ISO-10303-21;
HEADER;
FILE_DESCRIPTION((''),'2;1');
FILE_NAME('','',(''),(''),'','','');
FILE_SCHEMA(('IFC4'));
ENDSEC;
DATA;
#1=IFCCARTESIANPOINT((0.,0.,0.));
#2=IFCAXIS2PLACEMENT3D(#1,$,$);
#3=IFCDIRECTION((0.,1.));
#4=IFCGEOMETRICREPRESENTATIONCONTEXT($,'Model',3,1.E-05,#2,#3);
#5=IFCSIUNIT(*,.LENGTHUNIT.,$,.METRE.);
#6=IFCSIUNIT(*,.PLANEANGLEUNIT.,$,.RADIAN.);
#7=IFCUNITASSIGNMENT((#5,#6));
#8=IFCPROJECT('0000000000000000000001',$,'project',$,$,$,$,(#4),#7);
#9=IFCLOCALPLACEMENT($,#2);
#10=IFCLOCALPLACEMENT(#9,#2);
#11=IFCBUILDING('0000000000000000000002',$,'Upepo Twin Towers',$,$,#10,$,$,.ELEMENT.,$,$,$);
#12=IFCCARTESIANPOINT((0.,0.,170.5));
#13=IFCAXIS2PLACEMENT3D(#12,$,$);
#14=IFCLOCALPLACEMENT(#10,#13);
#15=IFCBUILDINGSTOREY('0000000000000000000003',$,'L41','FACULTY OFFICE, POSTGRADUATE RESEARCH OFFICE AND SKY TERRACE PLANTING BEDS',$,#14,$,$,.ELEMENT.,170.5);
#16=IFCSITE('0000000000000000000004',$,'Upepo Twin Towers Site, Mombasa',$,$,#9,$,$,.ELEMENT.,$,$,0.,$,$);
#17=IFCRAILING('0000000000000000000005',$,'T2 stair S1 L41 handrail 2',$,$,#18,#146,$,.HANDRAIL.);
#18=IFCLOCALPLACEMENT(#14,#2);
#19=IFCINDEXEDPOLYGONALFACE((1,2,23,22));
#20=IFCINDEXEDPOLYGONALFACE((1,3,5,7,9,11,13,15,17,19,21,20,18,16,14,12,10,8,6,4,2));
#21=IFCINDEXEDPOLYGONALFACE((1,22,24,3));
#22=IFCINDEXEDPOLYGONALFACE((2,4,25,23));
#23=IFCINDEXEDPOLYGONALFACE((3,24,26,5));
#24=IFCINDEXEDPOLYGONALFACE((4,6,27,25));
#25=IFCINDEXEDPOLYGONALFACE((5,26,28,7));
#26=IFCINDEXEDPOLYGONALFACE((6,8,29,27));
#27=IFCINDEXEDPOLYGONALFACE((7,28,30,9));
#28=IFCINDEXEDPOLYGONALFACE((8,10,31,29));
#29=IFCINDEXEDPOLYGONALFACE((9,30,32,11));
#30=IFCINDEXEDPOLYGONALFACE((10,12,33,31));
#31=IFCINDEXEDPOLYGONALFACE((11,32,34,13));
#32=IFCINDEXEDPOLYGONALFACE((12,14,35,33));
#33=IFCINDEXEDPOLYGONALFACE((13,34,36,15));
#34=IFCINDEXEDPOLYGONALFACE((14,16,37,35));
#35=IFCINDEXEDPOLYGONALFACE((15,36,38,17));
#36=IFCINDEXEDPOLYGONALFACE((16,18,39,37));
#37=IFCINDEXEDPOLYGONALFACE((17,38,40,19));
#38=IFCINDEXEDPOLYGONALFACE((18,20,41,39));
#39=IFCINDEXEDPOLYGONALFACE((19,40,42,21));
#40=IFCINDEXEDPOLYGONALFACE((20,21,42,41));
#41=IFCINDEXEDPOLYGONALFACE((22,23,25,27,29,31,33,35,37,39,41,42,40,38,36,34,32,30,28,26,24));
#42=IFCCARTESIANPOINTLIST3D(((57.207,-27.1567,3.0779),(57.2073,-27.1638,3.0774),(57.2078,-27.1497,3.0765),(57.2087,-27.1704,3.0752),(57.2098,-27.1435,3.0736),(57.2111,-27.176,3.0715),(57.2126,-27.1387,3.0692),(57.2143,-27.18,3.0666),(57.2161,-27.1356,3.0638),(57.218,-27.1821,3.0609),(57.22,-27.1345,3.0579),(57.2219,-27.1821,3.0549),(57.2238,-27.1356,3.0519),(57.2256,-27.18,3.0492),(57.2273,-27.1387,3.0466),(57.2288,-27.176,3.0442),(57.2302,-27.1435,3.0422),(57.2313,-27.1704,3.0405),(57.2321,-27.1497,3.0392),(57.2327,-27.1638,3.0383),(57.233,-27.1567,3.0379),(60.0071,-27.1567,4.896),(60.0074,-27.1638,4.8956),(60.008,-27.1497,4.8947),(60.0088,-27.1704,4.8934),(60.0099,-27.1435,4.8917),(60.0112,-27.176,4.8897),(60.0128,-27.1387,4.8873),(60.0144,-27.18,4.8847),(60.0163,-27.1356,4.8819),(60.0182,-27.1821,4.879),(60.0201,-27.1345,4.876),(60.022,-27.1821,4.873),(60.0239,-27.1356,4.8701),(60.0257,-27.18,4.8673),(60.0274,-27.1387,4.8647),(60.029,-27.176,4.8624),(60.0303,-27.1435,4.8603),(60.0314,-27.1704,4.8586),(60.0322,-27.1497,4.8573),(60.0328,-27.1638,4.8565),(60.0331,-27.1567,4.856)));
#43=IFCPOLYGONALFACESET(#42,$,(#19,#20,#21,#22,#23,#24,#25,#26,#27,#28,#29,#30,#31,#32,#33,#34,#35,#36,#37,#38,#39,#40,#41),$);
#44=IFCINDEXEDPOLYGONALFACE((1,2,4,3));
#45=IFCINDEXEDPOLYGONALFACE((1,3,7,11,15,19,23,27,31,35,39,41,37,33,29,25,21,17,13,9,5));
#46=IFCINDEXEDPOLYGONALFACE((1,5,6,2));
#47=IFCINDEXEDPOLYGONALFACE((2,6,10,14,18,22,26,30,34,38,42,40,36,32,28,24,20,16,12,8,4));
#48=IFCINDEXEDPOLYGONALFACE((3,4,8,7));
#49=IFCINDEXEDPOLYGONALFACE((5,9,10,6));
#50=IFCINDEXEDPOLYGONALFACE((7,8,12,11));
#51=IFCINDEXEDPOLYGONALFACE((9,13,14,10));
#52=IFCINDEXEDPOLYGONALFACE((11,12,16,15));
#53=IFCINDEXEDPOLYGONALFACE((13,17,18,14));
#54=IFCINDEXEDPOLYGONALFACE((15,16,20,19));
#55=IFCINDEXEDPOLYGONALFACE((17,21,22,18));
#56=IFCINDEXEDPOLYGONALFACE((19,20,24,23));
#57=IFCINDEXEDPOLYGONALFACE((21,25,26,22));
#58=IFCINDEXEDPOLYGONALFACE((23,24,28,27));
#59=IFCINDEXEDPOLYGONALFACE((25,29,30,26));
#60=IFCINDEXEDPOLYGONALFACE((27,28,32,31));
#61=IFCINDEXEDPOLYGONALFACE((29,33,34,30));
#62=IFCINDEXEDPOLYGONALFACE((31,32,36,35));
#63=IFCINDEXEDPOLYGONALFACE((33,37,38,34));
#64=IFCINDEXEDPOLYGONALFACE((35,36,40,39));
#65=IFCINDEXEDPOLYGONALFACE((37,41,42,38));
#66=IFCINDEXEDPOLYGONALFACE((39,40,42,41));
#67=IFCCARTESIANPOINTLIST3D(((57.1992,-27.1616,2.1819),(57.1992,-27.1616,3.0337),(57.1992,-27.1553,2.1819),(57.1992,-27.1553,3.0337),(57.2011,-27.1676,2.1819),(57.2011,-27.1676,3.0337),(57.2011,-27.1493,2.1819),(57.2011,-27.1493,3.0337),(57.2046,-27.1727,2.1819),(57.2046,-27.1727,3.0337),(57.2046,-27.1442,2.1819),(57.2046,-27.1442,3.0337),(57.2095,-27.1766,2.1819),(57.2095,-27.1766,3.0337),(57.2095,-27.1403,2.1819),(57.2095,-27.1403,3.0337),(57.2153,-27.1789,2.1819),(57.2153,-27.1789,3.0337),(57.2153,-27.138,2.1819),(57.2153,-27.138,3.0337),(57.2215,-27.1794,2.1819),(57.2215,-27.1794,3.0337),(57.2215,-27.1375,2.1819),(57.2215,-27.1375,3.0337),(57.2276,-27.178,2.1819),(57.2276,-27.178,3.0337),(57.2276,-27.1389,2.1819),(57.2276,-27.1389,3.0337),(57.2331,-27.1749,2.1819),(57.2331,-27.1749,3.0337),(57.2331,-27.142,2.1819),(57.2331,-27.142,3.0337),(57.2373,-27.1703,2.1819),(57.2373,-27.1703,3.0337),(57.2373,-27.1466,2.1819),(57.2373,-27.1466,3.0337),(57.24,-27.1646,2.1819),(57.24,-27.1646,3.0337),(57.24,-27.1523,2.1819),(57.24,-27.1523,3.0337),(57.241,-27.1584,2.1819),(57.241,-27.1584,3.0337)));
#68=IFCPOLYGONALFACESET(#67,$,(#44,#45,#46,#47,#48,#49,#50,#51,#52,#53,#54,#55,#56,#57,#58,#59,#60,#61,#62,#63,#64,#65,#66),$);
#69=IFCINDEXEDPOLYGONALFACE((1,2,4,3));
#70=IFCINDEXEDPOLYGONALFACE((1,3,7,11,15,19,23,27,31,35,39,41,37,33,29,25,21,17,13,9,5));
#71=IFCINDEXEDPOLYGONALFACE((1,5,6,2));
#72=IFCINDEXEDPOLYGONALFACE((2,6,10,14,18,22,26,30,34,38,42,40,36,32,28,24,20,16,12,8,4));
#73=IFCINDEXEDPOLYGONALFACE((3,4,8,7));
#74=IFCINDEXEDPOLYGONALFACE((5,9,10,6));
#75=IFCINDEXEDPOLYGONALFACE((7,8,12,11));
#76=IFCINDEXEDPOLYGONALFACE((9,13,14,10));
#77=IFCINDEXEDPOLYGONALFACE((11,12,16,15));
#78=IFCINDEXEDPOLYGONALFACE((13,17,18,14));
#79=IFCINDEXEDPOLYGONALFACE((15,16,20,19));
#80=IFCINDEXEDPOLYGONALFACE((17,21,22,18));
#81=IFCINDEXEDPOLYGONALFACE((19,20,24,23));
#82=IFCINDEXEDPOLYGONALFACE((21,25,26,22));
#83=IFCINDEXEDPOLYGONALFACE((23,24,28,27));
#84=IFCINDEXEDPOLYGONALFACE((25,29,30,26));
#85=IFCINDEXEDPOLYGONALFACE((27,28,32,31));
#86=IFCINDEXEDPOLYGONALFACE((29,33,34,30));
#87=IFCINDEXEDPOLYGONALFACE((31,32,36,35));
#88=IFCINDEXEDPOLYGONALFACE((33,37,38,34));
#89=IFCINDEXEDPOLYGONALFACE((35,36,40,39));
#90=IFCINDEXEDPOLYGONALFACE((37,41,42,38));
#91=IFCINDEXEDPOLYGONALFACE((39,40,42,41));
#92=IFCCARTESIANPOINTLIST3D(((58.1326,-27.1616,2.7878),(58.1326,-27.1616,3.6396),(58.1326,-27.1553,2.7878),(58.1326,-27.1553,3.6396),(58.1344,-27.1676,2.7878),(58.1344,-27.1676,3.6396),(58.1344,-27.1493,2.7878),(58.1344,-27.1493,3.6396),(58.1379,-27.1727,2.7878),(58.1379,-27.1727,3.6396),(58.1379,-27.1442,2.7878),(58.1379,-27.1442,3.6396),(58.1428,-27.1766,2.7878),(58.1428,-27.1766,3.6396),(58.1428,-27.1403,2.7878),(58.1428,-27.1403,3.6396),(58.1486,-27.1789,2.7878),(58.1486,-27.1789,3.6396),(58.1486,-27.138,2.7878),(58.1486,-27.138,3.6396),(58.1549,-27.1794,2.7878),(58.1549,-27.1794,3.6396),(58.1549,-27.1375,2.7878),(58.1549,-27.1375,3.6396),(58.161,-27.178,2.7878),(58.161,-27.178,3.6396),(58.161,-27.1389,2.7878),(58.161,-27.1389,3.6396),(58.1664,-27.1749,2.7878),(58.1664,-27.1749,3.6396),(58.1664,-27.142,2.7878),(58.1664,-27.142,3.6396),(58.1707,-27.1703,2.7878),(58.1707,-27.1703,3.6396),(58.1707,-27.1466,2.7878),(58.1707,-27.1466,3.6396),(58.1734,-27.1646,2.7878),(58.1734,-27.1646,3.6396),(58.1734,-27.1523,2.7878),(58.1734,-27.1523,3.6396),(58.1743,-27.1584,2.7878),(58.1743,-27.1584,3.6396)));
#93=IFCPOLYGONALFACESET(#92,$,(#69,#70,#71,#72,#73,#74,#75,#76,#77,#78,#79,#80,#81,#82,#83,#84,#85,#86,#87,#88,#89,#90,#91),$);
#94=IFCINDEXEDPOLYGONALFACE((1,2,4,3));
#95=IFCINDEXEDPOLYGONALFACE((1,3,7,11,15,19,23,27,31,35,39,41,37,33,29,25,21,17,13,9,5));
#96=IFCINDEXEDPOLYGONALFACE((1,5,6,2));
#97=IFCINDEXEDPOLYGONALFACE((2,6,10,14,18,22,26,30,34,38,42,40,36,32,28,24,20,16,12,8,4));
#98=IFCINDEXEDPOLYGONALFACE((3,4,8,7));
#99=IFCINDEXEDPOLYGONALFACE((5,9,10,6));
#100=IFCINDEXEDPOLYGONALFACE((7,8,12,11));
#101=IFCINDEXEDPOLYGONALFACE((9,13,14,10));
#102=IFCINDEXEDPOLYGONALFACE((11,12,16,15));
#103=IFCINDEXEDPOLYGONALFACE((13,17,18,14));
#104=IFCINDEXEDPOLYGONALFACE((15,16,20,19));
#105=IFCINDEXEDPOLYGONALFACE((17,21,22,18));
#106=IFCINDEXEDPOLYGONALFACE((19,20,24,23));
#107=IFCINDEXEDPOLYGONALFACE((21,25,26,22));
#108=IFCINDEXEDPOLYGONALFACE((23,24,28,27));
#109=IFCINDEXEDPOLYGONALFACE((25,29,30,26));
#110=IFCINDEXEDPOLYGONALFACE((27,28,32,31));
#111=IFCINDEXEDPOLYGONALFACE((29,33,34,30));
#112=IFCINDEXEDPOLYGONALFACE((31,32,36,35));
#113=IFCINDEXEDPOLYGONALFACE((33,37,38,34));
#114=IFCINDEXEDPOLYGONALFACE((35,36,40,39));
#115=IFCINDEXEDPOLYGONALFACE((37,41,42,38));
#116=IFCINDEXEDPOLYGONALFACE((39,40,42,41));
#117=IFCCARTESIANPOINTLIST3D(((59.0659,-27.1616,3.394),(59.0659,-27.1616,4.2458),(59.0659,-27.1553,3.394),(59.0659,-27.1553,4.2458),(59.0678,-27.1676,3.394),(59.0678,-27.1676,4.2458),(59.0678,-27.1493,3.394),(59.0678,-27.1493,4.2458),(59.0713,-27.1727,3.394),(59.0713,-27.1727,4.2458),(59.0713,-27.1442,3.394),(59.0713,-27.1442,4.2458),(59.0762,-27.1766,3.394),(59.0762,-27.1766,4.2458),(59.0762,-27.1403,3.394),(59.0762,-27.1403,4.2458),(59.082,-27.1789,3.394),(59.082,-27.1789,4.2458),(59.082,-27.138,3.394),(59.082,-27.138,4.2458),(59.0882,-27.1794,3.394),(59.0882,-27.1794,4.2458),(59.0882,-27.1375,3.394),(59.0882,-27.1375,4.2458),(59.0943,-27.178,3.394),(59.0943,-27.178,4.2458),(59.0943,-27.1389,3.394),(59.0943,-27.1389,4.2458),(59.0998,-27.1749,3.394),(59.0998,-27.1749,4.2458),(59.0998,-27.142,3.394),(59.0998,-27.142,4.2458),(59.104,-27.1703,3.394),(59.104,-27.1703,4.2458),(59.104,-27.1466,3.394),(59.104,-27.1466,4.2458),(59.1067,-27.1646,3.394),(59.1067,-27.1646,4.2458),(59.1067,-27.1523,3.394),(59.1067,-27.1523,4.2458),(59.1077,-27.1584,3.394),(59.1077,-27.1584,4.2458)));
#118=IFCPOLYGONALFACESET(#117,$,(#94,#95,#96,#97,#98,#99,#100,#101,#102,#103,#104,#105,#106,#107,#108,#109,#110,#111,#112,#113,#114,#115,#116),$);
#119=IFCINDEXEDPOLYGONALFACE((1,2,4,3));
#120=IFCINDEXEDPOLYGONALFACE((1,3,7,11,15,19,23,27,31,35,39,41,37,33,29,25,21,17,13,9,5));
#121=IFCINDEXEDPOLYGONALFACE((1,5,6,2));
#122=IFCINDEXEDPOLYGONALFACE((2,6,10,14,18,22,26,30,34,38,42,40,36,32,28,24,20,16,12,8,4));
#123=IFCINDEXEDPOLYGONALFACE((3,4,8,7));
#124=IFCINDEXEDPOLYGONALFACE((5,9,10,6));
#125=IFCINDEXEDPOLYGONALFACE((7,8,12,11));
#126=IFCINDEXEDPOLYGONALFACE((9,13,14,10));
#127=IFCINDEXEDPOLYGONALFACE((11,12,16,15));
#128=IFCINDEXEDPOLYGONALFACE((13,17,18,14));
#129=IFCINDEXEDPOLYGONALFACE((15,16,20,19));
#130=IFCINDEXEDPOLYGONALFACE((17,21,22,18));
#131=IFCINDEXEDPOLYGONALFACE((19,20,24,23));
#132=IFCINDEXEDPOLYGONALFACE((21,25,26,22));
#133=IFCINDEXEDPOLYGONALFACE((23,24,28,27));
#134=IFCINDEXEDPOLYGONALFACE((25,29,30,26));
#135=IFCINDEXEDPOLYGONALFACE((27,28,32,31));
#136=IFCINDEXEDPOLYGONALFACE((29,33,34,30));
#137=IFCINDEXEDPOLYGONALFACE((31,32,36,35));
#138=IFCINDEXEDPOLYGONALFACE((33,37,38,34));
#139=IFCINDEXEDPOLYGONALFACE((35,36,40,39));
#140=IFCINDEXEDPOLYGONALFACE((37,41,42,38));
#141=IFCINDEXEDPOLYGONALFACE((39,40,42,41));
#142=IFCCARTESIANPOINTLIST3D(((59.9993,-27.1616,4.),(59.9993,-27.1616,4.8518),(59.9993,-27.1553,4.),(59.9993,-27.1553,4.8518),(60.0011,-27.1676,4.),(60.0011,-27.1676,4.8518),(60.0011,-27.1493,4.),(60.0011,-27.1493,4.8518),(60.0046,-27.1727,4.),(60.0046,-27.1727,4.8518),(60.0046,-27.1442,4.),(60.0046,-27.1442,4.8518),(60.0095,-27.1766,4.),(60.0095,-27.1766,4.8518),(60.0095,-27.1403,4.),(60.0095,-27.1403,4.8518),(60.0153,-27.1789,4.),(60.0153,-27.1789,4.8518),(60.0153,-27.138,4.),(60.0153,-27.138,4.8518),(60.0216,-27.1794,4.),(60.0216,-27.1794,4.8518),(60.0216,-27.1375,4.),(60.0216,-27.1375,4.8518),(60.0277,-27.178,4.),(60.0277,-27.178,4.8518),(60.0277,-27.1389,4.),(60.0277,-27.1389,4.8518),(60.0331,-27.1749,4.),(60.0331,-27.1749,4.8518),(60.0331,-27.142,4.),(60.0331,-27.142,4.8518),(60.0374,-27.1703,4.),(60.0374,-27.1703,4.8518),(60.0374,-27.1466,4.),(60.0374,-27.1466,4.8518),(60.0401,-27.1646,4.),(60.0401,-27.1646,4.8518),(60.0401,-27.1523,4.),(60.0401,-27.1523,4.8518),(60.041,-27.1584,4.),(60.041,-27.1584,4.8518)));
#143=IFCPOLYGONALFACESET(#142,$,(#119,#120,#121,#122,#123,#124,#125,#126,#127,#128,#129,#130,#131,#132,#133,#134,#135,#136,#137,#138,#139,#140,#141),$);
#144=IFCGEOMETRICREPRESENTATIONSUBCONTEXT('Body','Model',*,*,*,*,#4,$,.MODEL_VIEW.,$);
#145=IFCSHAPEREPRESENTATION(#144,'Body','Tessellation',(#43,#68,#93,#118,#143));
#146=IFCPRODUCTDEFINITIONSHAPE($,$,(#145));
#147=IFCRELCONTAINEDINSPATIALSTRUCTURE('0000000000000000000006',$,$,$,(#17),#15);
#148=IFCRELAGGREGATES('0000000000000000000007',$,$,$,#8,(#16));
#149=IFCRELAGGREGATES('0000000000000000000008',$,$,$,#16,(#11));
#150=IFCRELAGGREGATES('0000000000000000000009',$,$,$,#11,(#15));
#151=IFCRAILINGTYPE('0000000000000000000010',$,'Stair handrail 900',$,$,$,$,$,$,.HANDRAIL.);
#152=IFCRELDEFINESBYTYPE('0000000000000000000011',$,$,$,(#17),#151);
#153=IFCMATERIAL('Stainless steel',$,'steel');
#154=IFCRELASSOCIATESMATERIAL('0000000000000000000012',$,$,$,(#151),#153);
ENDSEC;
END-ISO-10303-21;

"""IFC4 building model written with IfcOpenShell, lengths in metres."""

from ifc_helpers import new_model, si_unit, direction, frame, origin, origin_2d, place, context, subcontext, project, spatial, circle, extrude, material, type_object, element, save


model = new_model("IFC4")

# Units and contexts
model_context = context("Model", 3, precision=1e-05, world=origin(), true_north=direction((0.0, 1.0)))
body_context = subcontext(model_context, "Body", "Model", "MODEL_VIEW")
ifc_project = project(units=[si_unit("LENGTHUNIT", "METRE"), si_unit("PLANEANGLEUNIT", "RADIAN")], contexts=[model_context])

# Site, building, storey
site_placement = place(None, origin())
site = spatial("IfcSite", under=ifc_project, at=site_placement, Name="Upepo Twin Towers Site, Mombasa", CompositionType="ELEMENT", RefElevation=0.0)
building_placement = place(site_placement, origin())
building = spatial("IfcBuilding", under=site, at=building_placement, Name="Upepo Twin Towers", CompositionType="ELEMENT")
storey_placement = place(building_placement, frame((0.0, 0.0, 170.5)))
storey = spatial("IfcBuildingStorey", under=building, at=storey_placement, Name="L41", Description="FACULTY OFFICE, POSTGRADUATE RESEARCH OFFICE AND SKY TERRACE PLANTING BEDS", CompositionType="ELEMENT", Elevation=170.5)

# Railing
ifc_material_1 = material(Name="Stainless steel", Category="steel")
railing_type = type_object("IfcRailingType", Name="Stair handrail 900", PredefinedType="HANDRAIL", material=ifc_material_1)
railing_1_placement = place(storey_placement, frame((57.22, -27.1584, 2.1819)))
element("IfcRailing", 1, at=railing_1_placement, inside=storey, type_object=railing_type, Name="T2 stair S1 L41 handrail 2", PredefinedType="HANDRAIL", context=body_context, shape_type="SweptSolid", body=[
    extrude(circle(Radius=0.0239, at=origin_2d()), frame((0.0, 0.0, 0.876), z_axis=(0.838706, 0.0, 0.544585), x_axis=(0.0, 1.0, 0.0)), (0.0, 0.0, 1.0), 3.3386),
    extrude(circle(Radius=0.021, at=origin_2d()), origin(), (0.0, 0.0, 1.0), 0.8518),
    extrude(circle(Radius=0.021, at=origin_2d()), frame((0.9333, 0.0, 0.606)), (0.0, 0.0, 1.0), 0.8518),
    extrude(circle(Radius=0.021, at=origin_2d()), frame((1.8667, 0.0, 1.2122)), (0.0, 0.0, 1.0), 0.8518),
    extrude(circle(Radius=0.021, at=origin_2d()), frame((2.8, 0.0, 1.8181)), (0.0, 0.0, 1.0), 0.8518),
])

save(model, "model.ifc")
